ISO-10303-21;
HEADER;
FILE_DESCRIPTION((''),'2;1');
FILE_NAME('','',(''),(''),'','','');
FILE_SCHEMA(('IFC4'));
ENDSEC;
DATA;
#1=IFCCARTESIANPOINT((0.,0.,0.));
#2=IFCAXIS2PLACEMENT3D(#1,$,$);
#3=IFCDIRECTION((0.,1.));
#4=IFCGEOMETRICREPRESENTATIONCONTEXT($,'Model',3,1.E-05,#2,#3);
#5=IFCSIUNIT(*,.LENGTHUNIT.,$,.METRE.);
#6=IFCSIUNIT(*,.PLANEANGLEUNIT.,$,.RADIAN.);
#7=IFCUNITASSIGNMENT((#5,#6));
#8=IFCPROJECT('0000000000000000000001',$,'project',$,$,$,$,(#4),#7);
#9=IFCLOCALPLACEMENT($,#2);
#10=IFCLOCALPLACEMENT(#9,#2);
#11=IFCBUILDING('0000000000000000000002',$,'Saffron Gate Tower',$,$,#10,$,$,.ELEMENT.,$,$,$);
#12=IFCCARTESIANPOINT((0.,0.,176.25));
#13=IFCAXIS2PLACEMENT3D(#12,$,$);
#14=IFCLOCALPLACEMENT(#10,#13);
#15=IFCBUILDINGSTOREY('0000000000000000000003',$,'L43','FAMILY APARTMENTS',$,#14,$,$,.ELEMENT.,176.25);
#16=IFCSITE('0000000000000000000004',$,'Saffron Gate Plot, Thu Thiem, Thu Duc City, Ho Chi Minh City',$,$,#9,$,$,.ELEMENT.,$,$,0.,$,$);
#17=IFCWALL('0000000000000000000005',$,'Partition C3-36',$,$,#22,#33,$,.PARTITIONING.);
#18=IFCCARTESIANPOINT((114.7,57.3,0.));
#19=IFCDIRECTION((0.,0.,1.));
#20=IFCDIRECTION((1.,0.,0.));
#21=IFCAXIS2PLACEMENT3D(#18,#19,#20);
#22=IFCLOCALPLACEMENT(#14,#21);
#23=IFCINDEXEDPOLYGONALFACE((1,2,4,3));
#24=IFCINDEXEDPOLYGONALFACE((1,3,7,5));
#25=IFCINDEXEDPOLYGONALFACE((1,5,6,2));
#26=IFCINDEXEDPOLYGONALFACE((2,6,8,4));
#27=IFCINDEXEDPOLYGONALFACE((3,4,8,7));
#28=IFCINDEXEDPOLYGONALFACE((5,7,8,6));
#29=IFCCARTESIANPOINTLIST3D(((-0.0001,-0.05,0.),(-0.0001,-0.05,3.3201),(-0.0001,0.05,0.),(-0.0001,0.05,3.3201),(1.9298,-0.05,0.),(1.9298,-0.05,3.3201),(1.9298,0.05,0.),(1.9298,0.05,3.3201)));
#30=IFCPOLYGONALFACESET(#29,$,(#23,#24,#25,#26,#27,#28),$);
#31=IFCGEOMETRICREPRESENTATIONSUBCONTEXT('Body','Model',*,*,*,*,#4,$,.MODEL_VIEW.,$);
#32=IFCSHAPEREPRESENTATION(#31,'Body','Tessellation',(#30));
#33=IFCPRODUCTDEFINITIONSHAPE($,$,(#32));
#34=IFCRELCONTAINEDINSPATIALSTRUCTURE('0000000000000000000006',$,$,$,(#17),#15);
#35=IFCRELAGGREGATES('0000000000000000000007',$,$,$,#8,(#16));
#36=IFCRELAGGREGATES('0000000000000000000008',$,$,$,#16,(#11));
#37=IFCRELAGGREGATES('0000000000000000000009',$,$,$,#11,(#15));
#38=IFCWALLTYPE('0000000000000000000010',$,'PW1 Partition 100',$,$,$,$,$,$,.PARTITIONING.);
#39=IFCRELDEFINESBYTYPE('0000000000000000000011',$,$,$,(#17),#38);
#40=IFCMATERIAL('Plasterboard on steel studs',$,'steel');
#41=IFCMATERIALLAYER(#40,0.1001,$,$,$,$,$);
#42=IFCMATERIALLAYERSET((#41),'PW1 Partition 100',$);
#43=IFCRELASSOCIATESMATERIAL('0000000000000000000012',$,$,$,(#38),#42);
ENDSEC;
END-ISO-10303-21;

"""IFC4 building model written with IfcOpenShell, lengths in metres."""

from ifc_helpers import new_model, si_unit, direction, frame, frame_2d, origin, place, context, subcontext, project, spatial, rectangle, extrude, material, layer, layer_set, type_object, element, save


model = new_model("IFC4")

# Units and contexts
model_context = context("Model", 3, precision=1e-05, world=origin(), true_north=direction((0.0, 1.0)))
body_context = subcontext(model_context, "Body", "Model", "MODEL_VIEW")
ifc_project = project(units=[si_unit("LENGTHUNIT", "METRE"), si_unit("PLANEANGLEUNIT", "RADIAN")], contexts=[model_context])

# Site, building, storey
site_placement = place(None, origin())
site = spatial("IfcSite", under=ifc_project, at=site_placement, Name="Saffron Gate Plot, Thu Thiem, Thu Duc City, Ho Chi Minh City", CompositionType="ELEMENT", RefElevation=0.0)
building_placement = place(site_placement, origin())
building = spatial("IfcBuilding", under=site, at=building_placement, Name="Saffron Gate Tower", CompositionType="ELEMENT")
storey_placement = place(building_placement, frame((0.0, 0.0, 176.25)))
storey = spatial("IfcBuildingStorey", under=building, at=storey_placement, Name="L43", Description="FAMILY APARTMENTS", CompositionType="ELEMENT", Elevation=176.25)

# Shared definitions
ifc_material_1 = material(Name="Plasterboard on steel studs", Category="steel")
ifc_layer_1 = layer(ifc_material_1, 0.1001)
ifc_layer_set_1 = layer_set([ifc_layer_1], Name="PW1 Partition 100")
wall_type_1 = type_object("IfcWallType", Name="PW1 Partition 100", PredefinedType="PARTITIONING", material=ifc_layer_set_1)

# Wall
wall_1_placement = place(storey_placement, frame((114.7, 57.3, 0.0), z_axis=(0.0, 0.0, 1.0), x_axis=(1.0, 0.0, 0.0)))
element("IfcWall", 1, at=wall_1_placement, inside=storey, type_object=wall_type_1, Name="Partition C3-36", PredefinedType="PARTITIONING", context=body_context, shape_type="SweptSolid", body=[
    extrude(rectangle(XDim=1.9299, YDim=0.1001, at=frame_2d((0.9648, 0.0))), origin(), (0.0, 0.0, 1.0), 3.3201),
])

save(model, "model.ifc")
